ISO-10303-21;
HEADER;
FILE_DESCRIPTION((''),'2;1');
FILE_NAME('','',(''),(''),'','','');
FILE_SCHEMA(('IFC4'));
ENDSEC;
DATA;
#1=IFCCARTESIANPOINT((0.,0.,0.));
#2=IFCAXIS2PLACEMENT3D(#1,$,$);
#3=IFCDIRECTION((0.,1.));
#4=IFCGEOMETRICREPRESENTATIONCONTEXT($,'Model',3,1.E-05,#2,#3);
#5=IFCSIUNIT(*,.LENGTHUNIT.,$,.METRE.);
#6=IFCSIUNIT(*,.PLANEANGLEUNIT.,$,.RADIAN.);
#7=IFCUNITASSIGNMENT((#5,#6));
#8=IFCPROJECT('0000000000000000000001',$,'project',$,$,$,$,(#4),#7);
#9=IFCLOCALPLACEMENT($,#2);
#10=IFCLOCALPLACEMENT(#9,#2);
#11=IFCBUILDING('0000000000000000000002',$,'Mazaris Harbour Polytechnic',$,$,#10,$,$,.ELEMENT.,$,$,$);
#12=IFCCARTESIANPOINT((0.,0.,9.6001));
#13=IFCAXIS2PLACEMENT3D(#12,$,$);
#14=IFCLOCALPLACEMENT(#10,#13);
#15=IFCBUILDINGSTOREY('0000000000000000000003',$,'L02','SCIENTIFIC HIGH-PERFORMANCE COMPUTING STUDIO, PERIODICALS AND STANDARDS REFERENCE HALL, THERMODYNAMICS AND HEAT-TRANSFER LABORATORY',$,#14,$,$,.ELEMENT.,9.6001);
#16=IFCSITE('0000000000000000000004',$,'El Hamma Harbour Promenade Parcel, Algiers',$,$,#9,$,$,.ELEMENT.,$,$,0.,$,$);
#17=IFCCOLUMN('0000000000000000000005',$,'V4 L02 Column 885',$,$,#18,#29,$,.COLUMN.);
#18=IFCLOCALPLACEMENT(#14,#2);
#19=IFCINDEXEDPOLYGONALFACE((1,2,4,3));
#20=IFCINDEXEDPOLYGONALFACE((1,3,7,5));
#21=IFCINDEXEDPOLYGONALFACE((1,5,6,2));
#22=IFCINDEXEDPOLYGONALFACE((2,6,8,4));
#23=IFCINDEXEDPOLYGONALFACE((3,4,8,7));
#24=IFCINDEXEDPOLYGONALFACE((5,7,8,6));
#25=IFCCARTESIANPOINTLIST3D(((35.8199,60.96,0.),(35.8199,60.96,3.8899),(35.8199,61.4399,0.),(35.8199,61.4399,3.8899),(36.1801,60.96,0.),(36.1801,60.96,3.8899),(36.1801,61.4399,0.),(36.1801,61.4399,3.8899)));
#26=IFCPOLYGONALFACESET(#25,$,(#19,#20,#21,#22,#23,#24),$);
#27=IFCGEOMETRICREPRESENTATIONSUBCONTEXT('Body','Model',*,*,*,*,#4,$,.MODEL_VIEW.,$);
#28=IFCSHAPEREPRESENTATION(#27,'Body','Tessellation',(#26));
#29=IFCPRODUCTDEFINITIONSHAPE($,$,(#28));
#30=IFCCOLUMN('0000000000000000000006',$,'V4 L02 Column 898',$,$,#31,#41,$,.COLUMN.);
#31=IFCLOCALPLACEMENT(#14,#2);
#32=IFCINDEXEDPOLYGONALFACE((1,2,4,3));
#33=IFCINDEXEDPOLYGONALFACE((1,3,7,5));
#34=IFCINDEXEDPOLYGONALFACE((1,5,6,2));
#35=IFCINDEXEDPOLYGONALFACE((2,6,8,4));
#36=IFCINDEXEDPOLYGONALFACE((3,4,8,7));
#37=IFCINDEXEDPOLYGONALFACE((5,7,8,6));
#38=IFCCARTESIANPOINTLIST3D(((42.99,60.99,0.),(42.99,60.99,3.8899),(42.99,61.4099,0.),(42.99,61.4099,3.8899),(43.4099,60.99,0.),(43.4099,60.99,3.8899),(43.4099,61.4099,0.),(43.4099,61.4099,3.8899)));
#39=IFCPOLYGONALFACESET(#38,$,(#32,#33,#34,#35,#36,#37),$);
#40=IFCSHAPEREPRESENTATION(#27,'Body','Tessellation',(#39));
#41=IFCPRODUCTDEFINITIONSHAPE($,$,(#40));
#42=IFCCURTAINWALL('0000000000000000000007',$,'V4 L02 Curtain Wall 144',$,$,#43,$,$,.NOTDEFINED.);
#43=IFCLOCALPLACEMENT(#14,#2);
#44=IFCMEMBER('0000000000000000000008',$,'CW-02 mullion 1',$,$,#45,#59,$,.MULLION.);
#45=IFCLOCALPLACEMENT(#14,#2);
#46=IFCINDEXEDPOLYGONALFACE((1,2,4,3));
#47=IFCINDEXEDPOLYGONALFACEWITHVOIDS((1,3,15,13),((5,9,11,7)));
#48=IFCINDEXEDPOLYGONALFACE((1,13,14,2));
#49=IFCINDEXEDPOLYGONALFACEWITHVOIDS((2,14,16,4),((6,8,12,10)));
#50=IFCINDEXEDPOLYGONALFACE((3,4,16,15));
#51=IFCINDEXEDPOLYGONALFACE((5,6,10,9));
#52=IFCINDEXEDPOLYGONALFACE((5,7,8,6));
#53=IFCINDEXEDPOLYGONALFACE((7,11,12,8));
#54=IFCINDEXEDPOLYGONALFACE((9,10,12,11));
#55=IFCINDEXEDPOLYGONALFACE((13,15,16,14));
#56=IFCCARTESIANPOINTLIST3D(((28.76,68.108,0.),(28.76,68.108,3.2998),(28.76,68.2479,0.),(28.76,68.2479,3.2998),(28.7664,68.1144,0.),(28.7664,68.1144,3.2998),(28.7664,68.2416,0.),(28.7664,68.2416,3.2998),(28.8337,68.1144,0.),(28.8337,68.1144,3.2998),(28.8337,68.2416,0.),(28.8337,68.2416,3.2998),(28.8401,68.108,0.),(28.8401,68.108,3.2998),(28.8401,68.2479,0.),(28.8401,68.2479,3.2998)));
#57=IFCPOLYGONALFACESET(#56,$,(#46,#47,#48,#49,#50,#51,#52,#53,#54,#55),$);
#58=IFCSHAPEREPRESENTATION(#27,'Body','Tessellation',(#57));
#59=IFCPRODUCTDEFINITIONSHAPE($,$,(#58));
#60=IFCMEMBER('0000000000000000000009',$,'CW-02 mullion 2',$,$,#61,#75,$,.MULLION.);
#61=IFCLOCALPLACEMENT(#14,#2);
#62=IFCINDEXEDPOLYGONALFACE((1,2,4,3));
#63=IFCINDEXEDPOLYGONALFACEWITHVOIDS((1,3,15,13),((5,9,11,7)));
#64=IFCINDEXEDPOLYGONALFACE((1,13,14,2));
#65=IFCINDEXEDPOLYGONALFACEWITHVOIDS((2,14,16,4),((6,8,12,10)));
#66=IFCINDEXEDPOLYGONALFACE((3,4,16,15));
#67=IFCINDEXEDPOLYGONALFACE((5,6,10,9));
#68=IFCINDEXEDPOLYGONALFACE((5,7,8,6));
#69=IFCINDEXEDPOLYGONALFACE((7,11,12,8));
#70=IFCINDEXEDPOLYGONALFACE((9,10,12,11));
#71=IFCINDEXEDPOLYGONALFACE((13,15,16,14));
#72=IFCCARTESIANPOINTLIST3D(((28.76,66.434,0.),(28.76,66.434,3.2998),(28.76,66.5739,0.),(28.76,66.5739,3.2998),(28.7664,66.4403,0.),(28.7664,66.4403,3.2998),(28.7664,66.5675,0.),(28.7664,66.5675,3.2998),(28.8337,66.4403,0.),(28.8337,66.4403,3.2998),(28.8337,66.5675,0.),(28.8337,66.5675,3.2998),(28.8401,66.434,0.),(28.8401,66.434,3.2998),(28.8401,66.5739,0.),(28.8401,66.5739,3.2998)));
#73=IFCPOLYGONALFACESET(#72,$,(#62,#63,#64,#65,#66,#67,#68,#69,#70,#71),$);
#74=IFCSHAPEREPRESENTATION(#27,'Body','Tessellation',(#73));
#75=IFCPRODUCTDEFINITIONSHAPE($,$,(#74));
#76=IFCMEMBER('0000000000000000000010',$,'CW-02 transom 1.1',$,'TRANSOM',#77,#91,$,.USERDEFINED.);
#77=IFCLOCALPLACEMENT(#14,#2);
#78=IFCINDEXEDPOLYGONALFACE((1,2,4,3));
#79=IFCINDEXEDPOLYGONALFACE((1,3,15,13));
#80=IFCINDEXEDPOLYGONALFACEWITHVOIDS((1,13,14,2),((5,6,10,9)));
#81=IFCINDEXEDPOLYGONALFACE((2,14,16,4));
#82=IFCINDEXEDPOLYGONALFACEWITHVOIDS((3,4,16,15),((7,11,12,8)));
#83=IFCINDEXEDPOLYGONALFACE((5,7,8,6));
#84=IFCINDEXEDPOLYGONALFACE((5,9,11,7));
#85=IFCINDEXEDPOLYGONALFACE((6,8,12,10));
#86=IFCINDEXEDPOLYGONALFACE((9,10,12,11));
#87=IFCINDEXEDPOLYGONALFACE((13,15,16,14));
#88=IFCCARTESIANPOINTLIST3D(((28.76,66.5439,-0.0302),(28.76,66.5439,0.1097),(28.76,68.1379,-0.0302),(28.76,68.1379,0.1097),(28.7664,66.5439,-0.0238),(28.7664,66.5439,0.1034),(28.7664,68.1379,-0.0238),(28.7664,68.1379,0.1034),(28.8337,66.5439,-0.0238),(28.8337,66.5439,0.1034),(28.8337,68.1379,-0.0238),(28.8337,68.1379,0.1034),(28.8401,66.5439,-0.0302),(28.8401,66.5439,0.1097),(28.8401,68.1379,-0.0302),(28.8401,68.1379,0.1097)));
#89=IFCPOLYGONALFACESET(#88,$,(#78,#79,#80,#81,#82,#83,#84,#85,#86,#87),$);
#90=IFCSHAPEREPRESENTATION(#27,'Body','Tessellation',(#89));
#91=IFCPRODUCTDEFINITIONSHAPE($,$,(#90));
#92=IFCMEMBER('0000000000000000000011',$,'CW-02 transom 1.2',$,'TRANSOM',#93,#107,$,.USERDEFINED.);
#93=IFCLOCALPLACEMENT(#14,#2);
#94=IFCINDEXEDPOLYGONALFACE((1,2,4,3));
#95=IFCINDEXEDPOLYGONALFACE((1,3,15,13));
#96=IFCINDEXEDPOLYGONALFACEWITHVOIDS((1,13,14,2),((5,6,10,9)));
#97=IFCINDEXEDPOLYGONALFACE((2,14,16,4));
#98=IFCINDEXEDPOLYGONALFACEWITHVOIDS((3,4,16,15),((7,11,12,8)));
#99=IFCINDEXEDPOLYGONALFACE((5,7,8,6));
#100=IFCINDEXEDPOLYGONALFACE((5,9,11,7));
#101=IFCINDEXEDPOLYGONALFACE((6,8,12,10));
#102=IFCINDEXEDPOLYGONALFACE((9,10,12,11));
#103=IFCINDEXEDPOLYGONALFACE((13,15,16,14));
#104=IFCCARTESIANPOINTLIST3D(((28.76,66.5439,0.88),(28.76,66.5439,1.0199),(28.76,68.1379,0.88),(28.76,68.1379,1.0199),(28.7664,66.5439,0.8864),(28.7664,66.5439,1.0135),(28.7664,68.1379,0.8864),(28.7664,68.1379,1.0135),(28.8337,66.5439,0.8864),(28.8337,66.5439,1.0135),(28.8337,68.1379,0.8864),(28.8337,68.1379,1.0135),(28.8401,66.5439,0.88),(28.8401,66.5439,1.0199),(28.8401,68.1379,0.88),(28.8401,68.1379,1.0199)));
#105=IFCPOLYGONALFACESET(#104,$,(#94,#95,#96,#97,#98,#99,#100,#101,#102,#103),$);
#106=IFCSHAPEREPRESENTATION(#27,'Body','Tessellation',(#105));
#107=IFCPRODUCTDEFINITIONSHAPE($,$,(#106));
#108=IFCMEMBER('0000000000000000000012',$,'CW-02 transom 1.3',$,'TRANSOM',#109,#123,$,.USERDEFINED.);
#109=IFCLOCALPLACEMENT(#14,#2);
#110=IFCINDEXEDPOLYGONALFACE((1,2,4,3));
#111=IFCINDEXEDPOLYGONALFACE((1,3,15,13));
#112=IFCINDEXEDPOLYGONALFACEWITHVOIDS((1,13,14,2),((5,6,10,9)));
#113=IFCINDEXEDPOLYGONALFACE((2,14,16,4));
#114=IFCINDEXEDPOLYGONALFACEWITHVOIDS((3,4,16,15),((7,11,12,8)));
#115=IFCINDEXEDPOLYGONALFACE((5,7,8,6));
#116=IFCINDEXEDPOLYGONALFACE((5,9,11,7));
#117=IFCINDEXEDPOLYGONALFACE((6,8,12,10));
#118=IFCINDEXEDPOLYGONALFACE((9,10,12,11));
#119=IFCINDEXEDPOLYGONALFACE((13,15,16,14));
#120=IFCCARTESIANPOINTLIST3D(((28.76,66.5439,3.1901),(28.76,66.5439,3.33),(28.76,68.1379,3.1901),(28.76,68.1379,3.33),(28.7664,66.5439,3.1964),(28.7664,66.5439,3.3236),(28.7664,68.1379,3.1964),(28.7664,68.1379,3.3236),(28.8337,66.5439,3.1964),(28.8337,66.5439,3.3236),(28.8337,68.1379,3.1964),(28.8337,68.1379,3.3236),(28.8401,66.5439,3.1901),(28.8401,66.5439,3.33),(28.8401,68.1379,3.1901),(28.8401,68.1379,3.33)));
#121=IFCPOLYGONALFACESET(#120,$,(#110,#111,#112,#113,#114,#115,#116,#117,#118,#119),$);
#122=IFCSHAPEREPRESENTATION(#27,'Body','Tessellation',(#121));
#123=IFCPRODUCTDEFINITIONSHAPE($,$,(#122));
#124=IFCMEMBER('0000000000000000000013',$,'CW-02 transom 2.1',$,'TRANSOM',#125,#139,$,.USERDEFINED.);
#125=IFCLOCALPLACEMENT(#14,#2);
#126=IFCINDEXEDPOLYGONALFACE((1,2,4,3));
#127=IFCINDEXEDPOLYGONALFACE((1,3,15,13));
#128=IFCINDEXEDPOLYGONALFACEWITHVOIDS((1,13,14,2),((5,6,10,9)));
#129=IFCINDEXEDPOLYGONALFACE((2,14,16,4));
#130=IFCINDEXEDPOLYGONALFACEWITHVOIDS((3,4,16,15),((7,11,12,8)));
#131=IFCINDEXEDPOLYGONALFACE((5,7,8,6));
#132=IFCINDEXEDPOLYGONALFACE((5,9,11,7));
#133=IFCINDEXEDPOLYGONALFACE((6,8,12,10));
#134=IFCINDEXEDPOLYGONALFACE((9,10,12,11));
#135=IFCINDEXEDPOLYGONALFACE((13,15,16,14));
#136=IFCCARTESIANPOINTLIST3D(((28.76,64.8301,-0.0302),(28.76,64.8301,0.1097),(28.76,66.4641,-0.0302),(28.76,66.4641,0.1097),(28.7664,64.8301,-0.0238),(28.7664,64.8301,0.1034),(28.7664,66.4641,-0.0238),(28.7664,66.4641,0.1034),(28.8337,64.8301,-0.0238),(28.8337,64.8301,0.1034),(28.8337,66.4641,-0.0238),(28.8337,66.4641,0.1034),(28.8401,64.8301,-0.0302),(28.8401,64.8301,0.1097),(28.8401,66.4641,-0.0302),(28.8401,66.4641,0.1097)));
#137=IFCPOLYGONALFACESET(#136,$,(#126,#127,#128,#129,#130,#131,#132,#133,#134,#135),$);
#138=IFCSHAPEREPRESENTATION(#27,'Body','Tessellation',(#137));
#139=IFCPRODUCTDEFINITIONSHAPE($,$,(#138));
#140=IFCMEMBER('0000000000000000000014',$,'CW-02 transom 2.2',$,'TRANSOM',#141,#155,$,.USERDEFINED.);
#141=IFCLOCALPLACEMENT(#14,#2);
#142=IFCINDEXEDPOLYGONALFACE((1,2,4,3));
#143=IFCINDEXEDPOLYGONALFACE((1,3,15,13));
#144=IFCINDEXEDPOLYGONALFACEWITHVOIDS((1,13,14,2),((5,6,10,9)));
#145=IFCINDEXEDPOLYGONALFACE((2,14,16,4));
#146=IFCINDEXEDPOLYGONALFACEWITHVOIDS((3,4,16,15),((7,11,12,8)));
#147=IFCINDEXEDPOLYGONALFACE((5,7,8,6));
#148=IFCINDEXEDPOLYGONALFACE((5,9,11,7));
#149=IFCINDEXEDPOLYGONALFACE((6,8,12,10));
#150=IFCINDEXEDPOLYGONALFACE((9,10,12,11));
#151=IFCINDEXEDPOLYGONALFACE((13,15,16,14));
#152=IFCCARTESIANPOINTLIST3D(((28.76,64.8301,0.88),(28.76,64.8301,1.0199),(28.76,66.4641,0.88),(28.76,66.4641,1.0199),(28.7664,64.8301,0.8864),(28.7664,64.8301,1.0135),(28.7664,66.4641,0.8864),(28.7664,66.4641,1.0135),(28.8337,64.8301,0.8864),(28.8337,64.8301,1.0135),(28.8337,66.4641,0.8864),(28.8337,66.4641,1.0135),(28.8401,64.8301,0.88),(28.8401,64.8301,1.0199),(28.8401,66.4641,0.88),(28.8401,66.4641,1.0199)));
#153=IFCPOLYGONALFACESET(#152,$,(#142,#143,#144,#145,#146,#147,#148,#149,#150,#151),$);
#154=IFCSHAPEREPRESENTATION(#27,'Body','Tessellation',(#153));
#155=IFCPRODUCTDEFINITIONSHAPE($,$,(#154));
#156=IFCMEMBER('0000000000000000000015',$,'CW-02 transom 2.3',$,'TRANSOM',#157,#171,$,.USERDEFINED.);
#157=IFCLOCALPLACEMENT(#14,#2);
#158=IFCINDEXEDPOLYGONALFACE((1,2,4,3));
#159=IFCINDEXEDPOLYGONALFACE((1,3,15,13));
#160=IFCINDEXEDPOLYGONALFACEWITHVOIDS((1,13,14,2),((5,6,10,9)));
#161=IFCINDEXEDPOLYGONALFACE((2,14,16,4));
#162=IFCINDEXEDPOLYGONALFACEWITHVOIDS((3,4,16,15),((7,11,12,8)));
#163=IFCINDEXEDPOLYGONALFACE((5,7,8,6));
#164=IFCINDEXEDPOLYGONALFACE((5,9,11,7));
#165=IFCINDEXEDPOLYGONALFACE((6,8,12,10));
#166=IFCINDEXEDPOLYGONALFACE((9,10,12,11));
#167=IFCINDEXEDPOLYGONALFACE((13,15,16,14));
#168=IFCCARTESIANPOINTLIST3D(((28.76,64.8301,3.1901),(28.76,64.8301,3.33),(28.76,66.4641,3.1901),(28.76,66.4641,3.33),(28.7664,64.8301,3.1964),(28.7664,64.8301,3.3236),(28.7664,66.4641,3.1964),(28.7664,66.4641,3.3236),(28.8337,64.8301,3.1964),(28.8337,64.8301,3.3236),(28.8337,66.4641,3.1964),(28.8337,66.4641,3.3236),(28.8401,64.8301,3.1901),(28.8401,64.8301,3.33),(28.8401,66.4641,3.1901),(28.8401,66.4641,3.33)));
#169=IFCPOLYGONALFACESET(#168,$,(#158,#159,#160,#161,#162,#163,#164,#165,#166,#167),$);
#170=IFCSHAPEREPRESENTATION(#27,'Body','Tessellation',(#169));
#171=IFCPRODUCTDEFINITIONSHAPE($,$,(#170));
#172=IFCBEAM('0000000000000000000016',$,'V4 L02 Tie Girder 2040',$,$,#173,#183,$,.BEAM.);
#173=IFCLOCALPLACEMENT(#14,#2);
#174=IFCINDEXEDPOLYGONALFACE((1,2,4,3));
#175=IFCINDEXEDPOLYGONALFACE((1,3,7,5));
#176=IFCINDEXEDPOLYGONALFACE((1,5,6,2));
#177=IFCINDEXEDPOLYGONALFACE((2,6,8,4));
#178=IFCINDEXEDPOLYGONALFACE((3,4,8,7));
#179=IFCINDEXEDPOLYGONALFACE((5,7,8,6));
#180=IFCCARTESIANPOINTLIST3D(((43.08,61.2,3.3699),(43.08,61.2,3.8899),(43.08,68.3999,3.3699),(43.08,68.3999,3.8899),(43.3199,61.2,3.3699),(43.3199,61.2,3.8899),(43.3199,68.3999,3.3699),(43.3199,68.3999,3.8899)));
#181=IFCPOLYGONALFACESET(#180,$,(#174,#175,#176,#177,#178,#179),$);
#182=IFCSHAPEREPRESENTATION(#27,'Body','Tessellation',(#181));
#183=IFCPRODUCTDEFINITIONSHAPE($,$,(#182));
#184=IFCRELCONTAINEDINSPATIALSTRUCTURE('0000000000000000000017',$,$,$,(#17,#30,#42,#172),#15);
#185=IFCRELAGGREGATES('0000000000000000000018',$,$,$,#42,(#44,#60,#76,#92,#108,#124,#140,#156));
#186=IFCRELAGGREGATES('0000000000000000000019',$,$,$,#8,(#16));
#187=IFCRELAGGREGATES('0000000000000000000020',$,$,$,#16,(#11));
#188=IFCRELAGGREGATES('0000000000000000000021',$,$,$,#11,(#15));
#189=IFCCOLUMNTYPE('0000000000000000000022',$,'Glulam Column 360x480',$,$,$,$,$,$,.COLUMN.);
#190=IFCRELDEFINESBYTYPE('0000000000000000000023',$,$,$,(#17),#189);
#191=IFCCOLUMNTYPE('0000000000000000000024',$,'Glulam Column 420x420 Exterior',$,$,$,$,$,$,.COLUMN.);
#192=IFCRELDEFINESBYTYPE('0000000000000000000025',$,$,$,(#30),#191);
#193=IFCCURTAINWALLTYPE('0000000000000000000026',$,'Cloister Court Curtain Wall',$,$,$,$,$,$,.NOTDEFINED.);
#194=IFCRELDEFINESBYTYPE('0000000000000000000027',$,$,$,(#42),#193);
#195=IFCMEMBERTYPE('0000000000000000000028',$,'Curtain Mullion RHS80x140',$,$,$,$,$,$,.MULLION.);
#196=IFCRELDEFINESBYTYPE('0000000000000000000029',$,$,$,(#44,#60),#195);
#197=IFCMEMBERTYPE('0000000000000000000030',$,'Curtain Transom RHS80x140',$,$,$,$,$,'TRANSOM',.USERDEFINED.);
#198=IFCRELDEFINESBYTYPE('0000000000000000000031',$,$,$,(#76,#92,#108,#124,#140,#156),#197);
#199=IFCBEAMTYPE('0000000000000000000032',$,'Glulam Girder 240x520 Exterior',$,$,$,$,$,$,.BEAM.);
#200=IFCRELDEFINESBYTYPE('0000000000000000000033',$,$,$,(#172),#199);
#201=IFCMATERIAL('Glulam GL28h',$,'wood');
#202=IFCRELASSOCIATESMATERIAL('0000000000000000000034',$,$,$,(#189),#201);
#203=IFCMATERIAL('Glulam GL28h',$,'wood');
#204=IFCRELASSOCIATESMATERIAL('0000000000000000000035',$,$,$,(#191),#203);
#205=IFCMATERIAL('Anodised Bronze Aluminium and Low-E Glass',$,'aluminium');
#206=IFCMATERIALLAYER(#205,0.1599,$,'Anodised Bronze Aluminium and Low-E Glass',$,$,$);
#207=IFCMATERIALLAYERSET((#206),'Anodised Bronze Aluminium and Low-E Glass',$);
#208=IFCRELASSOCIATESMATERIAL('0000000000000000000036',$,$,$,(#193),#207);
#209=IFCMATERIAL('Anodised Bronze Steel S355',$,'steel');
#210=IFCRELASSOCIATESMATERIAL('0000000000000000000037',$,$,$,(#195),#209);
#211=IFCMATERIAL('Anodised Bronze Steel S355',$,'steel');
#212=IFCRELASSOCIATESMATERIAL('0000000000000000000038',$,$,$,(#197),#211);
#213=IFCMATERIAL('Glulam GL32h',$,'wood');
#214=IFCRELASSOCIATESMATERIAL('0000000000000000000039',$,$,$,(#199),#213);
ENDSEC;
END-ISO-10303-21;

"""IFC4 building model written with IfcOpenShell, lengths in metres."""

from ifc_helpers import new_model, si_unit, direction, frame, origin, origin_2d, place, context, subcontext, project, spatial, rectangle, hollow_rectangle, extrude, material, layer, layer_set, material_profile, profile_set, type_object, element, aggregate, save


model = new_model("IFC4")

# Units and contexts
model_context = context("Model", 3, precision=1e-05, world=origin(), true_north=direction((0.0, 1.0)))
body_context = subcontext(model_context, "Body", "Model", "MODEL_VIEW")
ifc_project = project(units=[si_unit("LENGTHUNIT", "METRE"), si_unit("PLANEANGLEUNIT", "RADIAN")], contexts=[model_context])

# Site, building, storey
site_placement = place(None, origin())
site = spatial("IfcSite", under=ifc_project, at=site_placement, Name="El Hamma Harbour Promenade Parcel, Algiers", CompositionType="ELEMENT", RefElevation=0.0)
building_placement = place(site_placement, origin())
building = spatial("IfcBuilding", under=site, at=building_placement, Name="Mazaris Harbour Polytechnic", CompositionType="ELEMENT")
storey_placement = place(building_placement, frame((0.0, 0.0, 9.6001)))
storey = spatial("IfcBuildingStorey", under=building, at=storey_placement, Name="L02", Description="SCIENTIFIC HIGH-PERFORMANCE COMPUTING STUDIO, PERIODICALS AND STANDARDS REFERENCE HALL, THERMODYNAMICS AND HEAT-TRANSFER LABORATORY", CompositionType="ELEMENT", Elevation=9.6001)

# Columns
ifc_material_1 = material(Name="Glulam GL28h", Category="wood")
ifc_material_profile_1 = material_profile(ifc_material_1, rectangle(XDim=0.3601, YDim=0.48, at=origin_2d()), Name="RECT360x480")
ifc_profile_set_1 = profile_set([ifc_material_profile_1], Name="Glulam GL28h")
column_type_1 = type_object("IfcColumnType", Name="Glulam Column 360x480", PredefinedType="COLUMN", material=ifc_profile_set_1)
column_1_placement = place(storey_placement, frame((36.0, 61.2, 0.0), z_axis=(0.0, 0.0, 1.0), x_axis=(1.0, 0.0, 0.0)))
element("IfcColumn", 1, at=column_1_placement, inside=storey, type_object=column_type_1, Name="V4 L02 Column 885", PredefinedType="COLUMN", context=body_context, shape_type="SweptSolid", body=[
    extrude(rectangle(XDim=0.3601, YDim=0.48, at=origin_2d()), origin(), (0.0, 0.0, 1.0), 3.8899),
])
ifc_material_2 = material(Name="Glulam GL28h", Category="wood")
ifc_material_profile_2 = material_profile(ifc_material_2, rectangle(XDim=0.4199, YDim=0.4199, at=origin_2d()), Name="RECT420x420")
ifc_profile_set_2 = profile_set([ifc_material_profile_2], Name="Glulam GL28h")
column_type_2 = type_object("IfcColumnType", Name="Glulam Column 420x420 Exterior", PredefinedType="COLUMN", material=ifc_profile_set_2)
column_2_placement = place(storey_placement, frame((43.2, 61.2, 0.0), z_axis=(0.0, 0.0, 1.0), x_axis=(1.0, 0.0, 0.0)))
element("IfcColumn", 2, at=column_2_placement, inside=storey, type_object=column_type_2, Name="V4 L02 Column 898", PredefinedType="COLUMN", context=body_context, shape_type="SweptSolid", body=[
    extrude(rectangle(XDim=0.4199, YDim=0.4199, at=origin_2d()), origin(), (0.0, 0.0, 1.0), 3.8899),
])

# Curtain wall, members
ifc_material_3 = material(Name="Anodised Bronze Aluminium and Low-E Glass", Category="aluminium")
ifc_layer_1 = layer(ifc_material_3, 0.1599, Name="Anodised Bronze Aluminium and Low-E Glass")
ifc_layer_set_1 = layer_set([ifc_layer_1], Name="Anodised Bronze Aluminium and Low-E Glass")
curtain_wall_type = type_object("IfcCurtainWallType", Name="Cloister Court Curtain Wall", PredefinedType="NOTDEFINED", material=ifc_layer_set_1)
curtain_wall_placement = place(storey_placement, origin())
curtain_wall = element("IfcCurtainWall", 3, at=curtain_wall_placement, inside=storey, type_object=curtain_wall_type, Name="V4 L02 Curtain Wall 144", PredefinedType="NOTDEFINED")
ifc_material_4 = material(Name="Anodised Bronze Steel S355", Category="steel")
ifc_material_profile_3 = material_profile(ifc_material_4, hollow_rectangle(XDim=0.0801, YDim=0.1399, WallThickness=0.0063, at=origin_2d()), Name="RHS 80x140x6.3")
ifc_profile_set_3 = profile_set([ifc_material_profile_3], Name="Anodised Bronze Steel S355")
member_type_1 = type_object("IfcMemberType", Name="Curtain Mullion RHS80x140", PredefinedType="MULLION", material=ifc_profile_set_3)
member_1_placement = place(storey_placement, frame((28.8, 68.178, 0.0), z_axis=(0.0, 0.0, 1.0), x_axis=(1.0, 0.0, 0.0)))
member_1 = element("IfcMember", 4, at=member_1_placement, type_object=member_type_1, Name="CW-02 mullion 1", PredefinedType="MULLION", context=body_context, shape_type="SweptSolid", body=[
    extrude(hollow_rectangle(XDim=0.0801, YDim=0.1399, WallThickness=0.0063, at=origin_2d()), origin(), (0.0, 0.0, 1.0), 3.2998),
])
member_2_placement = place(storey_placement, frame((28.8, 66.5039, 0.0), z_axis=(0.0, 0.0, 1.0), x_axis=(1.0, 0.0, 0.0)))
member_2 = element("IfcMember", 5, at=member_2_placement, type_object=member_type_1, Name="CW-02 mullion 2", PredefinedType="MULLION", context=body_context, shape_type="SweptSolid", body=[
    extrude(hollow_rectangle(XDim=0.0801, YDim=0.1399, WallThickness=0.0063, at=origin_2d()), origin(), (0.0, 0.0, 1.0), 3.2998),
])
ifc_material_5 = material(Name="Anodised Bronze Steel S355", Category="steel")
ifc_material_profile_4 = material_profile(ifc_material_5, hollow_rectangle(XDim=0.0801, YDim=0.1399, WallThickness=0.0063, at=origin_2d()), Name="RHS 80x140x6.3")
ifc_profile_set_4 = profile_set([ifc_material_profile_4], Name="Anodised Bronze Steel S355")
member_type_2 = type_object("IfcMemberType", Name="Curtain Transom RHS80x140", ElementType="TRANSOM", PredefinedType="USERDEFINED", material=ifc_profile_set_4)
member_3_placement = place(storey_placement, frame((28.8, 68.1379, 0.0398), z_axis=(0.0, -1.0, 0.0), x_axis=(1.0, 0.0, 0.0)))
member_3 = element("IfcMember", 6, at=member_3_placement, type_object=member_type_2, Name="CW-02 transom 1.1", ObjectType="TRANSOM", PredefinedType="USERDEFINED", context=body_context, shape_type="SweptSolid", body=[
    extrude(hollow_rectangle(XDim=0.0801, YDim=0.1399, WallThickness=0.0063, at=origin_2d()), origin(), (0.0, 0.0, 1.0), 1.594),
])
member_4_placement = place(storey_placement, frame((28.8, 68.1379, 0.95), z_axis=(0.0, -1.0, 0.0), x_axis=(1.0, 0.0, 0.0)))
member_4 = element("IfcMember", 7, at=member_4_placement, type_object=member_type_2, Name="CW-02 transom 1.2", ObjectType="TRANSOM", PredefinedType="USERDEFINED", context=body_context, shape_type="SweptSolid", body=[
    extrude(hollow_rectangle(XDim=0.0801, YDim=0.1399, WallThickness=0.0063, at=origin_2d()), origin(), (0.0, 0.0, 1.0), 1.594),
])
member_5_placement = place(storey_placement, frame((28.8, 68.1379, 3.26), z_axis=(0.0, -1.0, 0.0), x_axis=(1.0, 0.0, 0.0)))
member_5 = element("IfcMember", 8, at=member_5_placement, type_object=member_type_2, Name="CW-02 transom 1.3", ObjectType="TRANSOM", PredefinedType="USERDEFINED", context=body_context, shape_type="SweptSolid", body=[
    extrude(hollow_rectangle(XDim=0.0801, YDim=0.1399, WallThickness=0.0063, at=origin_2d()), origin(), (0.0, 0.0, 1.0), 1.594),
])
member_6_placement = place(storey_placement, frame((28.8, 66.4641, 0.0398), z_axis=(0.0, -1.0, 0.0), x_axis=(1.0, 0.0, 0.0)))
member_6 = element("IfcMember", 9, at=member_6_placement, type_object=member_type_2, Name="CW-02 transom 2.1", ObjectType="TRANSOM", PredefinedType="USERDEFINED", context=body_context, shape_type="SweptSolid", body=[
    extrude(hollow_rectangle(XDim=0.0801, YDim=0.1399, WallThickness=0.0063, at=origin_2d()), origin(), (0.0, 0.0, 1.0), 1.634),
])
member_7_placement = place(storey_placement, frame((28.8, 66.4641, 0.95), z_axis=(0.0, -1.0, 0.0), x_axis=(1.0, 0.0, 0.0)))
member_7 = element("IfcMember", 10, at=member_7_placement, type_object=member_type_2, Name="CW-02 transom 2.2", ObjectType="TRANSOM", PredefinedType="USERDEFINED", context=body_context, shape_type="SweptSolid", body=[
    extrude(hollow_rectangle(XDim=0.0801, YDim=0.1399, WallThickness=0.0063, at=origin_2d()), origin(), (0.0, 0.0, 1.0), 1.634),
])
member_8_placement = place(storey_placement, frame((28.8, 66.4641, 3.26), z_axis=(0.0, -1.0, 0.0), x_axis=(1.0, 0.0, 0.0)))
member_8 = element("IfcMember", 11, at=member_8_placement, type_object=member_type_2, Name="CW-02 transom 2.3", ObjectType="TRANSOM", PredefinedType="USERDEFINED", context=body_context, shape_type="SweptSolid", body=[
    extrude(hollow_rectangle(XDim=0.0801, YDim=0.1399, WallThickness=0.0063, at=origin_2d()), origin(), (0.0, 0.0, 1.0), 1.634),
])

# Beam
ifc_material_6 = material(Name="Glulam GL32h", Category="wood")
ifc_material_profile_5 = material_profile(ifc_material_6, rectangle(XDim=0.24, YDim=0.52, at=origin_2d()), Name="RECT240x520")
ifc_profile_set_5 = profile_set([ifc_material_profile_5], Name="Glulam GL32h")
beam_type_1 = type_object("IfcBeamType", Name="Glulam Girder 240x520 Exterior", PredefinedType="BEAM", material=ifc_profile_set_5)
beam_1_placement = place(storey_placement, frame((43.2, 61.2, 3.6299), z_axis=(0.0, 1.0, 0.0), x_axis=(-1.0, 0.0, 0.0)))
element("IfcBeam", 12, at=beam_1_placement, inside=storey, type_object=beam_type_1, Name="V4 L02 Tie Girder 2040", PredefinedType="BEAM", context=body_context, shape_type="SweptSolid", body=[
    extrude(rectangle(XDim=0.24, YDim=0.52, at=origin_2d()), origin(), (0.0, 0.0, 1.0), 7.2),
])

aggregate(curtain_wall, [member_1, member_2, member_3, member_4, member_5, member_6, member_7, member_8])

save(model, "model.ifc")
